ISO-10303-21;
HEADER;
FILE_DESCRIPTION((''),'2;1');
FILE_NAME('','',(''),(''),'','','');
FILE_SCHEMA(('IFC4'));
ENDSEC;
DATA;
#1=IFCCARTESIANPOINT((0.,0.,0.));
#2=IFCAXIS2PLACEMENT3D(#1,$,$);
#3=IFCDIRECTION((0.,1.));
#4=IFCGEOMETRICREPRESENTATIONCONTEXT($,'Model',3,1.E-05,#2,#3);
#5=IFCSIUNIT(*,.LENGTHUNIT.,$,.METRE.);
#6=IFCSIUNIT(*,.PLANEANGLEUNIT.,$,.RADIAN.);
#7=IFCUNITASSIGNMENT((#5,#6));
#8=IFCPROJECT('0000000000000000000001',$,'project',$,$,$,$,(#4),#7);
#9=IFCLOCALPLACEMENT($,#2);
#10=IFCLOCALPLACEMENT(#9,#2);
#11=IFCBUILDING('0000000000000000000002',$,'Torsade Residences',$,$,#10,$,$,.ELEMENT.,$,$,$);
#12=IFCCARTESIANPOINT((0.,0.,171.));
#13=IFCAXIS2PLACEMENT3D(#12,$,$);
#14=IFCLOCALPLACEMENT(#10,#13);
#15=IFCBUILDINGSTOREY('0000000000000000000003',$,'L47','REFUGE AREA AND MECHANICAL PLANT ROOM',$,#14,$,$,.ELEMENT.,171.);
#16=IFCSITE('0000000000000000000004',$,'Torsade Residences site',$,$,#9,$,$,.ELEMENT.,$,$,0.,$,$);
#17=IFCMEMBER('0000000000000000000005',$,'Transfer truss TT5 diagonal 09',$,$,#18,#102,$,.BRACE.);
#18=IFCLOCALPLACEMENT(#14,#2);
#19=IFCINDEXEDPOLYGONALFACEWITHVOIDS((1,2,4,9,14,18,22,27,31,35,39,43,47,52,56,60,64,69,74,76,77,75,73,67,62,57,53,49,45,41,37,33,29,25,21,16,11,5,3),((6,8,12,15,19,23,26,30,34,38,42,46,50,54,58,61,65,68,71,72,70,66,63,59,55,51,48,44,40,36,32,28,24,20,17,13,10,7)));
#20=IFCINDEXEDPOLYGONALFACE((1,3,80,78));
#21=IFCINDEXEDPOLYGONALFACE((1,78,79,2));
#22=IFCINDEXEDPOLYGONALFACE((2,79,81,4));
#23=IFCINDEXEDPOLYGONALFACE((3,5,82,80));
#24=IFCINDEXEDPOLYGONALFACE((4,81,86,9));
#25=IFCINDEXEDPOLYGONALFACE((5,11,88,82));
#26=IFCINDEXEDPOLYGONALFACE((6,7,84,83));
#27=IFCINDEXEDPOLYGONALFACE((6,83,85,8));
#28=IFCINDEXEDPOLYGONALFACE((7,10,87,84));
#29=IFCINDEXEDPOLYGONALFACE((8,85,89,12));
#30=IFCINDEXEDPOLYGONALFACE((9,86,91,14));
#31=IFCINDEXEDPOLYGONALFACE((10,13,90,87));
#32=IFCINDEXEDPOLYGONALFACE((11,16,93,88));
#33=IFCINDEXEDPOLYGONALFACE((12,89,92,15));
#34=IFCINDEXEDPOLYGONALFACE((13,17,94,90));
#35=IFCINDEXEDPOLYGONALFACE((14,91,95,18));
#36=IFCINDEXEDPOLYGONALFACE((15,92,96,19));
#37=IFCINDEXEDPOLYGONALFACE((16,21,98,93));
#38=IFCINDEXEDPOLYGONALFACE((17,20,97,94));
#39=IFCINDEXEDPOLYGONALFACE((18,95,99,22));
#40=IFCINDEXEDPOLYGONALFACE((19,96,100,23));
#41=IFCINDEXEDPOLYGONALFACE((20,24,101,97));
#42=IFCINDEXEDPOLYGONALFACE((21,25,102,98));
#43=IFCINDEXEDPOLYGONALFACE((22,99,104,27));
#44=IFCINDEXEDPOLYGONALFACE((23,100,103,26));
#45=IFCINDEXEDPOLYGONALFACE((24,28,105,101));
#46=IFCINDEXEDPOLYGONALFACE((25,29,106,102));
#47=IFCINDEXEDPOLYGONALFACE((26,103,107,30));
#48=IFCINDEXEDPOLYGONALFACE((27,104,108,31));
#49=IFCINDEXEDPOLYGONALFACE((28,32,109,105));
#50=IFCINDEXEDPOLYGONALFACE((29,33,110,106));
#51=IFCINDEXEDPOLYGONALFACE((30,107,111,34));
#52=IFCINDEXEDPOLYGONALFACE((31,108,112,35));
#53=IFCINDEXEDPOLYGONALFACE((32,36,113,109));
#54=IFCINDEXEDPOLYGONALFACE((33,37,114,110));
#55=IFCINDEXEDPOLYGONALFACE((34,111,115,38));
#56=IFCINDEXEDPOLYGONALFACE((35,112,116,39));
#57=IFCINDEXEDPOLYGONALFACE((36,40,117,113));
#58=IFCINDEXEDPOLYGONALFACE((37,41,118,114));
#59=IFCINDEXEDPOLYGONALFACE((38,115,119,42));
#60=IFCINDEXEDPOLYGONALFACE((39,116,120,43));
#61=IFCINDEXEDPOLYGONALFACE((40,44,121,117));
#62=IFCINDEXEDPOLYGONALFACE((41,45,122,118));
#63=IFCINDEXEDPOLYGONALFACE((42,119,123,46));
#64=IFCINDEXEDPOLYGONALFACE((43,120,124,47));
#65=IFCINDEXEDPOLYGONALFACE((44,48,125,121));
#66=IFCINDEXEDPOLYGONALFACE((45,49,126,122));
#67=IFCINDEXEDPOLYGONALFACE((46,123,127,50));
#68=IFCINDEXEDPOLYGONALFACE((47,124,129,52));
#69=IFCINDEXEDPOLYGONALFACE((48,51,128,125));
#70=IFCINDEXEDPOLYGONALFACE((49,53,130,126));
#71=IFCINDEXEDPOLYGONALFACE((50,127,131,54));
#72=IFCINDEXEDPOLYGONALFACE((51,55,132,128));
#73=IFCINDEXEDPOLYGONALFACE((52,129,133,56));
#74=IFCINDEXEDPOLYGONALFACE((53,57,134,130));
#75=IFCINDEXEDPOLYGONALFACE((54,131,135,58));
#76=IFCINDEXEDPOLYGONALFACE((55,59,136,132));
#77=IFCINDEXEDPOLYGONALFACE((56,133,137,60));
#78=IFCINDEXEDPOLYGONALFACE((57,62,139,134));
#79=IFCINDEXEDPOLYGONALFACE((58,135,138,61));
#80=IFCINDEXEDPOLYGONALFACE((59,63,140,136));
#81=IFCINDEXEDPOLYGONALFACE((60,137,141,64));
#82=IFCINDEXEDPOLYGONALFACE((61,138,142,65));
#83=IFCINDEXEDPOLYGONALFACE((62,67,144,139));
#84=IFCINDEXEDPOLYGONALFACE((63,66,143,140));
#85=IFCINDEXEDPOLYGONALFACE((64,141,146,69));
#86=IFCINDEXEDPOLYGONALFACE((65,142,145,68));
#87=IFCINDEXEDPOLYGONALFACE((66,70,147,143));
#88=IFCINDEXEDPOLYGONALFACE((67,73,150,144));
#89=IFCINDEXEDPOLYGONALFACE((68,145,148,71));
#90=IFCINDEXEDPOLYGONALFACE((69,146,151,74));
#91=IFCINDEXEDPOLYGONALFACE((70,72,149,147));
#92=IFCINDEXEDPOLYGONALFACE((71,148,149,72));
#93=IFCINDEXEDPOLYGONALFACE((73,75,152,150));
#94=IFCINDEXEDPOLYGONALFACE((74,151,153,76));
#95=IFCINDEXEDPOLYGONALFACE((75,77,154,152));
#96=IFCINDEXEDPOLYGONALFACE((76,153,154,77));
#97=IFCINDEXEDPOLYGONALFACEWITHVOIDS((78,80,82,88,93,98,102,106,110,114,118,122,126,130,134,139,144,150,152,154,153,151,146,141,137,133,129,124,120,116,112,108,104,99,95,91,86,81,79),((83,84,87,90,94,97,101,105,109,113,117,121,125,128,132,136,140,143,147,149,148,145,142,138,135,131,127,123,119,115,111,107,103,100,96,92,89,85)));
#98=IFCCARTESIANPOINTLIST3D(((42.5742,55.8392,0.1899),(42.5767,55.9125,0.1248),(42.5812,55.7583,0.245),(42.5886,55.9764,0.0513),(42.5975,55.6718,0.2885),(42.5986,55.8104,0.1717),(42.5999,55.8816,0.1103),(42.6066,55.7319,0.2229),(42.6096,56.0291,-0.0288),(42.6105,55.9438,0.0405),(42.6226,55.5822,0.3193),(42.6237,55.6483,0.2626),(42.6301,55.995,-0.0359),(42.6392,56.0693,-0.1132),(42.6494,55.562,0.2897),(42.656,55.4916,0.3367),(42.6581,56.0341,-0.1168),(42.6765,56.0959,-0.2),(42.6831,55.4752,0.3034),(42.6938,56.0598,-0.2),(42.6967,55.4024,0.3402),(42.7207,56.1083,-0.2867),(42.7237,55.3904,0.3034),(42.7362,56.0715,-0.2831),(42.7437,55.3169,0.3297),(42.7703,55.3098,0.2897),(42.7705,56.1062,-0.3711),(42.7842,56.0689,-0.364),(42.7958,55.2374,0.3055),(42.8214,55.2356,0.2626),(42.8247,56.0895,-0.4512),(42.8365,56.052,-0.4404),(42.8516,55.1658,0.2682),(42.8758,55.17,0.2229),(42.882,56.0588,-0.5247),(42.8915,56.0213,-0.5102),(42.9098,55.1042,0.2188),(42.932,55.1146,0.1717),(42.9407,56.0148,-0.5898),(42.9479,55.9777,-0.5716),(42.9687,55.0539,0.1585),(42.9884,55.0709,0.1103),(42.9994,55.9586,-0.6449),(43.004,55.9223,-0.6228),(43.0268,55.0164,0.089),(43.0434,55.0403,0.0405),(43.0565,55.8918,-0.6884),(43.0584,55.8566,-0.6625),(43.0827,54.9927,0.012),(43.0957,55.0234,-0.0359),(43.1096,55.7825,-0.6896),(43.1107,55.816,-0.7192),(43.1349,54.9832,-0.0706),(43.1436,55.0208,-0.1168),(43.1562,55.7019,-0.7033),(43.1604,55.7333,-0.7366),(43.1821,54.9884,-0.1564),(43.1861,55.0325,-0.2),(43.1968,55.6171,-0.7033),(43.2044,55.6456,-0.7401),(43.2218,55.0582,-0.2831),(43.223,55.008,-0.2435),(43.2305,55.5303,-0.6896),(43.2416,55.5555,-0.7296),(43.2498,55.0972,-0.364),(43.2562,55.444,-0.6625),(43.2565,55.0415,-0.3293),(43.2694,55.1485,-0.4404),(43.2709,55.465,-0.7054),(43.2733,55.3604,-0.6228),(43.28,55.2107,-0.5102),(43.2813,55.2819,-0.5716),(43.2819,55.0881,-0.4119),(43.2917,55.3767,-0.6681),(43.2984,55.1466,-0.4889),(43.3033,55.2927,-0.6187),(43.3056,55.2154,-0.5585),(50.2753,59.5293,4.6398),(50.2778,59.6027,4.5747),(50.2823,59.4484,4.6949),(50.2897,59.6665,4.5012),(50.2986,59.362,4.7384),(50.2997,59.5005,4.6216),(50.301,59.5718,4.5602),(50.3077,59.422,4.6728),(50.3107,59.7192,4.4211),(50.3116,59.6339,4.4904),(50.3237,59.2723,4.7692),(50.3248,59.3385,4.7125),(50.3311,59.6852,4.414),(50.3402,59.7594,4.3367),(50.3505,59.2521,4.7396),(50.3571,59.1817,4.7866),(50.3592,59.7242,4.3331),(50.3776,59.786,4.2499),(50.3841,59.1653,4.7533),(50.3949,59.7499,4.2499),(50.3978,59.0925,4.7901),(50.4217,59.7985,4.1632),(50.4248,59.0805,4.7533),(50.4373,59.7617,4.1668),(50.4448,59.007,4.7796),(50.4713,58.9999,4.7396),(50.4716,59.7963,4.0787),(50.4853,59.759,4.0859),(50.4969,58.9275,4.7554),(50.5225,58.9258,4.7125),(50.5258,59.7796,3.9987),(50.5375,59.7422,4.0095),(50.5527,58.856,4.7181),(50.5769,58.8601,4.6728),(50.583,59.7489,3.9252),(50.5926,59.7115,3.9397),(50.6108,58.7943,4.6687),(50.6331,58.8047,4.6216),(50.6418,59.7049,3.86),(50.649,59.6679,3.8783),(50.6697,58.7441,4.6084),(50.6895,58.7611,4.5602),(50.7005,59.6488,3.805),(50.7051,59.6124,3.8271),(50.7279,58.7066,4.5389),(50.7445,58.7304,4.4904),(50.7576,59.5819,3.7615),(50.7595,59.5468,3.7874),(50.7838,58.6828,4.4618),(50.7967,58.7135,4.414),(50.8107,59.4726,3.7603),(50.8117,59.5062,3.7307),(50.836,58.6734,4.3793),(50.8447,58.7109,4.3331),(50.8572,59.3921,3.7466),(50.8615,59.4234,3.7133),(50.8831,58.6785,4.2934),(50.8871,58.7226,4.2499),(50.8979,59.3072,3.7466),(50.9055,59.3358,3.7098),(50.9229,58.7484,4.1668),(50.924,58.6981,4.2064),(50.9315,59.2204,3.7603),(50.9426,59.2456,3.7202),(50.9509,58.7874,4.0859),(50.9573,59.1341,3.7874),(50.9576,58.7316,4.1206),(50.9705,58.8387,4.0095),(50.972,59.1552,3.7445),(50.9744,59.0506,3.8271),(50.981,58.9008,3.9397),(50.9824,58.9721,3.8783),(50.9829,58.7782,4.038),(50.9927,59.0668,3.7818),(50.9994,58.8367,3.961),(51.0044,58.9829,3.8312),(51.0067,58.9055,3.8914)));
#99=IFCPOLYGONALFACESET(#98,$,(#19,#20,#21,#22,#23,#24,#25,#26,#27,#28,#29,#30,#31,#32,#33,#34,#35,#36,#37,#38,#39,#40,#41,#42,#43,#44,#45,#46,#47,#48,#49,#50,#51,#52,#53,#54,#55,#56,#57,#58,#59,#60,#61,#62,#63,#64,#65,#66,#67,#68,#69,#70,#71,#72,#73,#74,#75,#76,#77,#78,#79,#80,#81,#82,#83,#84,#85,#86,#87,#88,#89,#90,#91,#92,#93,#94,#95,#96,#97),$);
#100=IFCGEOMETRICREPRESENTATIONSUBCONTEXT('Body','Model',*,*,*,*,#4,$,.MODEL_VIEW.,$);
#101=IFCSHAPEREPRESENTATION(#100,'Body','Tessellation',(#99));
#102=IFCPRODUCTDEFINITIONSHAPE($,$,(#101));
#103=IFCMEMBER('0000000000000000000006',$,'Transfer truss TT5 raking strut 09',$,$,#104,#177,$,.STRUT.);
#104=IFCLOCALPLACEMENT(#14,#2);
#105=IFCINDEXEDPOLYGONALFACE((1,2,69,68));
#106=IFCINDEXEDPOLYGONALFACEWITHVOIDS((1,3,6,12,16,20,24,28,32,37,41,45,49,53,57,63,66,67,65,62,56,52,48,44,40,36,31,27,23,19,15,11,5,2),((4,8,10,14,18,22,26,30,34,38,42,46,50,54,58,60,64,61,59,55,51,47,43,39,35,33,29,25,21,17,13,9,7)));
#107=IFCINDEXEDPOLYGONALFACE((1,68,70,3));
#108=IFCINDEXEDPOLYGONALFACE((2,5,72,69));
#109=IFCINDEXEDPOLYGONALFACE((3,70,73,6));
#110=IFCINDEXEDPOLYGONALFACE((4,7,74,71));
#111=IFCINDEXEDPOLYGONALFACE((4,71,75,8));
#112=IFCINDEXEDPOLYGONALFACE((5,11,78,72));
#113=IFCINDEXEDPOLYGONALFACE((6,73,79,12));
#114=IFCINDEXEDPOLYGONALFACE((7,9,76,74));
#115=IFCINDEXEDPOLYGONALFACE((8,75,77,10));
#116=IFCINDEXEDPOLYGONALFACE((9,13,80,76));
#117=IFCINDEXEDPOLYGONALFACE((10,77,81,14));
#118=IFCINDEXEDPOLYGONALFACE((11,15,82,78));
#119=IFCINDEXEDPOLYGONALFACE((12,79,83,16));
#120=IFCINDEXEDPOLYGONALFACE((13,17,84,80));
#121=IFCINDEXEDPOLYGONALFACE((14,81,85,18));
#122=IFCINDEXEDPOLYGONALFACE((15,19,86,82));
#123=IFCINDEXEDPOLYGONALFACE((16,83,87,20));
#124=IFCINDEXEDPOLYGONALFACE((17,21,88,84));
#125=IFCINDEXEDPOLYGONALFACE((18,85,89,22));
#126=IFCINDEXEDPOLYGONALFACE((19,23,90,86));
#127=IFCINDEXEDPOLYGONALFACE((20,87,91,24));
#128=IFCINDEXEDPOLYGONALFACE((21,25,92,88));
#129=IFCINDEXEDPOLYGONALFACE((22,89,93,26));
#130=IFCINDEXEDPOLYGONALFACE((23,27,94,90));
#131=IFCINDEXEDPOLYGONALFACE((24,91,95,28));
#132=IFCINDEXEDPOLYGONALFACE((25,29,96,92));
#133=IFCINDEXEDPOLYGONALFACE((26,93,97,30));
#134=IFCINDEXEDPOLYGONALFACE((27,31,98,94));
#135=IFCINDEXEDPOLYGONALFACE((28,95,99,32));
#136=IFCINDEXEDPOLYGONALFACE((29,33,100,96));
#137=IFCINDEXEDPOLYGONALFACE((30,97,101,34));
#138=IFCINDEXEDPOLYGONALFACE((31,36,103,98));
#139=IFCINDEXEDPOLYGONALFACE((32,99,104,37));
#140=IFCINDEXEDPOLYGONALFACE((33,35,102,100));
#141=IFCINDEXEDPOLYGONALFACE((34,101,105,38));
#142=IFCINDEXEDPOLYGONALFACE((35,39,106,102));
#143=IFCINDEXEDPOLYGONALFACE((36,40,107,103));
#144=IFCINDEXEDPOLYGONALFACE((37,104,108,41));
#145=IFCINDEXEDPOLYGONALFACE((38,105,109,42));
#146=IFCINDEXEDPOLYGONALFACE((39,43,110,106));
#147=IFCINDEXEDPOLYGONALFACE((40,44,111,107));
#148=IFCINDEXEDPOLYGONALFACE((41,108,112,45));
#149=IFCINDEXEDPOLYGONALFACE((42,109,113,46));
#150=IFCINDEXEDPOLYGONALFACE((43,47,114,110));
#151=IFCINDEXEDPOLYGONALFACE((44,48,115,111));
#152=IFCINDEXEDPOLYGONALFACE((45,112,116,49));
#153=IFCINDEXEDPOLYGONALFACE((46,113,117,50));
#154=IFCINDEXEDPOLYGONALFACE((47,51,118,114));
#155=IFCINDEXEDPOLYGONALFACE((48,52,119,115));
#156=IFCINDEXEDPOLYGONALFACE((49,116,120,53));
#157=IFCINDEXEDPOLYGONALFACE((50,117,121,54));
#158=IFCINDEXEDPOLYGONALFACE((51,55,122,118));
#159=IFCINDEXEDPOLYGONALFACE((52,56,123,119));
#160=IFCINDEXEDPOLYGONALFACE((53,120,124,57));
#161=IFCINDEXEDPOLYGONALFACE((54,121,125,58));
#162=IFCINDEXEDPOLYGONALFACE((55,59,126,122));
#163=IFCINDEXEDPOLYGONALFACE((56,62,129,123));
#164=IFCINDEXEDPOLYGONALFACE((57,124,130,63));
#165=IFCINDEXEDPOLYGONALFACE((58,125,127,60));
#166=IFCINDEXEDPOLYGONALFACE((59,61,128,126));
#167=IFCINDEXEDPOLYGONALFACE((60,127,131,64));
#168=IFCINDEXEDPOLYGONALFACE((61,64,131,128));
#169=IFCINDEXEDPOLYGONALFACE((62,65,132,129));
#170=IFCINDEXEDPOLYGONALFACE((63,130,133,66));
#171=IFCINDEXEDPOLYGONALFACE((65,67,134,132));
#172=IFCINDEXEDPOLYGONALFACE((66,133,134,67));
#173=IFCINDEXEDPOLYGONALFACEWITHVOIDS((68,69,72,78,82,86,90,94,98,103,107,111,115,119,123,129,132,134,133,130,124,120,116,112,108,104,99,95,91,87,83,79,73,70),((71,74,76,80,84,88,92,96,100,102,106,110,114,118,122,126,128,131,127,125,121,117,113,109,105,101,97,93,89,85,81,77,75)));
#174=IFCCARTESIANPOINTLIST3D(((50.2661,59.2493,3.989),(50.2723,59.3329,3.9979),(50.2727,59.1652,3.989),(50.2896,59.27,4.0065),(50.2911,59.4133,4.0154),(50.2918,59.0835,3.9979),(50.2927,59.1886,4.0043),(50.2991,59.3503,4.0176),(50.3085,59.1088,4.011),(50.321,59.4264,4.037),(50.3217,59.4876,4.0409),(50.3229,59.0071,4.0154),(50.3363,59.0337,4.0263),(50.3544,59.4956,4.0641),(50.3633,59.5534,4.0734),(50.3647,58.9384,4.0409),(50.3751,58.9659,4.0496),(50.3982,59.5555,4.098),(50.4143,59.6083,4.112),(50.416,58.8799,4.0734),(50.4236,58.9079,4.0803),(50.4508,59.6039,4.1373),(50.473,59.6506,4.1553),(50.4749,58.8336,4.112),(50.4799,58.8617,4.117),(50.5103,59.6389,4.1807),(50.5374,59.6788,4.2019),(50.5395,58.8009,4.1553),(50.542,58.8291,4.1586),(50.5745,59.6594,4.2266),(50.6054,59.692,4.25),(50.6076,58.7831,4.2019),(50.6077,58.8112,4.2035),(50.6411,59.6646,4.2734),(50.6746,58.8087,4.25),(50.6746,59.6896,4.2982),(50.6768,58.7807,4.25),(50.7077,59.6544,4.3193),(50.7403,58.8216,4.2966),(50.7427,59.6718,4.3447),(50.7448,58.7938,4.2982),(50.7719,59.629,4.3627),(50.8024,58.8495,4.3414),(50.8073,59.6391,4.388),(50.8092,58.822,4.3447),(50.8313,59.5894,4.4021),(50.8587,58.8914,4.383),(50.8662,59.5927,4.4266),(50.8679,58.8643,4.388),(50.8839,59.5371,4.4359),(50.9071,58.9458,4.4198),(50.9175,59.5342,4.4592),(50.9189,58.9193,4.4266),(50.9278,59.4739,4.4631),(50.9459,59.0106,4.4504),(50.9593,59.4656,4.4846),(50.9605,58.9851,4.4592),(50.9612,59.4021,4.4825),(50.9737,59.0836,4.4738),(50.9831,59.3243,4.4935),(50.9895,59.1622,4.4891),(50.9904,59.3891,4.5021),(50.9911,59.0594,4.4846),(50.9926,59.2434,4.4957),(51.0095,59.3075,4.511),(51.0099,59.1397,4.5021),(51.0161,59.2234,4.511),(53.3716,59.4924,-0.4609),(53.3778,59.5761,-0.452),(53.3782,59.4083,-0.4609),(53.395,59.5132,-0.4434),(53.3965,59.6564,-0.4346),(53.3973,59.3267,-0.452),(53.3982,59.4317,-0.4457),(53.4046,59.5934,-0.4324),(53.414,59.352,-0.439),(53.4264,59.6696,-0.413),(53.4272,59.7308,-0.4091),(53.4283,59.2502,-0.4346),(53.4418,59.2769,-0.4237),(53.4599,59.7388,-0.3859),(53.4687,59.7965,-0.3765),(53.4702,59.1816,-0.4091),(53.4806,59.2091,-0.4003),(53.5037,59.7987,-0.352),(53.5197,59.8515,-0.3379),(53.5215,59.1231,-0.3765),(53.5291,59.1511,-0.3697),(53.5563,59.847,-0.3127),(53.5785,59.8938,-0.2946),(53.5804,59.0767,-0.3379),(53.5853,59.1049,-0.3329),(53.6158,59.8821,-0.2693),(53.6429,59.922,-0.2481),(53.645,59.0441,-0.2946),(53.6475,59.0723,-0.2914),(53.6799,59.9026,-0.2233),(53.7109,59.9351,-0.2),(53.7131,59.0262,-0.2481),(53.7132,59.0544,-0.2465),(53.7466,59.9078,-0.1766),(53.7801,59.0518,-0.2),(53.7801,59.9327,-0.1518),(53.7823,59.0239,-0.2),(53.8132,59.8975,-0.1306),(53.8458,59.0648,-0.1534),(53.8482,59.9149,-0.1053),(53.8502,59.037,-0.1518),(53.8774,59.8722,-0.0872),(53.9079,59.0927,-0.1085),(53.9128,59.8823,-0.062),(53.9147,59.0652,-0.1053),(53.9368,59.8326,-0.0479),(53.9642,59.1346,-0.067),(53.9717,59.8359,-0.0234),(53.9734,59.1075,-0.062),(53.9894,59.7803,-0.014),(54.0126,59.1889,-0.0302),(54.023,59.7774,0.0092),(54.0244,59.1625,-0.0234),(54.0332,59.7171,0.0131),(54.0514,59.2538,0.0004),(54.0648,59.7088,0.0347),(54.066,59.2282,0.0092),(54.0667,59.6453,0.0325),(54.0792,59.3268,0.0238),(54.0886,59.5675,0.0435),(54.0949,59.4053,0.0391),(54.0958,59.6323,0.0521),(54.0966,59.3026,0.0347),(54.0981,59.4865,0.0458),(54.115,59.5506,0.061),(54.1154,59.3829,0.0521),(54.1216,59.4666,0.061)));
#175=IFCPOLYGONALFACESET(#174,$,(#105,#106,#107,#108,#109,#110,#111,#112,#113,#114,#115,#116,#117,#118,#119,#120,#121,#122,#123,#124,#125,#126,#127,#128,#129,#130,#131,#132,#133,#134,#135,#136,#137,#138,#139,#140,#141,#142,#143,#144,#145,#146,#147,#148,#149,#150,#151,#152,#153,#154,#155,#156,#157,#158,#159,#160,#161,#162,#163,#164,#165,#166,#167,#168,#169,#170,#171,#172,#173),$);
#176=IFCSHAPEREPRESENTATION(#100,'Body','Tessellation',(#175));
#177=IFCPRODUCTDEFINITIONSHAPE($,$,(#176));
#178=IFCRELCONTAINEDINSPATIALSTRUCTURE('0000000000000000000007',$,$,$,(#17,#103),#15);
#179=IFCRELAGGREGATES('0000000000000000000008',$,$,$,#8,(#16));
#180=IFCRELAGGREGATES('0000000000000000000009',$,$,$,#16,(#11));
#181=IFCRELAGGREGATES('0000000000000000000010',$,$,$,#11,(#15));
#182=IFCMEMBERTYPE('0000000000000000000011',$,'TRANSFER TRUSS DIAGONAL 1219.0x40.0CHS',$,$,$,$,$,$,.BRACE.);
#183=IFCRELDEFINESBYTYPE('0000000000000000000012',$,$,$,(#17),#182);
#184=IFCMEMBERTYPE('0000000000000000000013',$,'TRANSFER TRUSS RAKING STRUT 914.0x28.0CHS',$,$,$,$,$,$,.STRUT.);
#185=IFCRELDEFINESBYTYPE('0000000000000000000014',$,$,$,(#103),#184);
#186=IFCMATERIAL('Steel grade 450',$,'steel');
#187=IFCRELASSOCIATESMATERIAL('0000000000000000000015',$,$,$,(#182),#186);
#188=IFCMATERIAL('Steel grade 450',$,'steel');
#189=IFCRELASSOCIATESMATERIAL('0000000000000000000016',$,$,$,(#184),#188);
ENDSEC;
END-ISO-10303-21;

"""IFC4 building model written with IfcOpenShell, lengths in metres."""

from ifc_helpers import new_model, si_unit, direction, frame, origin, origin_2d, place, context, subcontext, project, spatial, hollow_circle, extrude, material, material_profile, profile_set, type_object, element, save


model = new_model("IFC4")

# Units and contexts
model_context = context("Model", 3, precision=1e-05, world=origin(), true_north=direction((0.0, 1.0)))
body_context = subcontext(model_context, "Body", "Model", "MODEL_VIEW")
ifc_project = project(units=[si_unit("LENGTHUNIT", "METRE"), si_unit("PLANEANGLEUNIT", "RADIAN")], contexts=[model_context])

# Site, building, storey
site_placement = place(None, origin())
site = spatial("IfcSite", under=ifc_project, at=site_placement, Name="Torsade Residences site", CompositionType="ELEMENT", RefElevation=0.0)
building_placement = place(site_placement, origin())
building = spatial("IfcBuilding", under=site, at=building_placement, Name="Torsade Residences", CompositionType="ELEMENT")
storey_placement = place(building_placement, frame((0.0, 0.0, 171.0)))
storey = spatial("IfcBuildingStorey", under=building, at=storey_placement, Name="L47", Description="REFUGE AREA AND MECHANICAL PLANT ROOM", CompositionType="ELEMENT", Elevation=171.0)

# Members
ifc_material_1 = material(Name="Steel grade 450", Category="steel")
ifc_material_profile_1 = material_profile(ifc_material_1, hollow_circle(Radius=0.6096, WallThickness=0.04, at=origin_2d()), Name="1219.0x40.0CHS")
ifc_profile_set_1 = profile_set([ifc_material_profile_1], Name="Steel grade 450")
member_type_1 = type_object("IfcMemberType", Name="TRANSFER TRUSS DIAGONAL 1219.0x40.0CHS", PredefinedType="BRACE", material=ifc_profile_set_1)
member_1_placement = place(storey_placement, frame((42.9399, 55.5461, -0.2), z_axis=(0.799746, 0.383216, 0.462116), x_axis=(-0.432124, 0.901814, 0.0)))
element("IfcMember", 1, at=member_1_placement, inside=storey, type_object=member_type_1, Name="Transfer truss TT5 diagonal 09", PredefinedType="BRACE", context=body_context, shape_type="SweptSolid", body=[
    extrude(hollow_circle(Radius=0.6096, WallThickness=0.04, at=origin_2d()), origin(), (0.0, 0.0, 1.0), 9.6294),
])
ifc_material_2 = material(Name="Steel grade 450", Category="steel")
ifc_material_profile_2 = material_profile(ifc_material_2, hollow_circle(Radius=0.457, WallThickness=0.0281, at=origin_2d()), Name="914.0x28.0CHS")
ifc_profile_set_2 = profile_set([ifc_material_profile_2], Name="Steel grade 450")
member_type_2 = type_object("IfcMemberType", Name="TRANSFER TRUSS RAKING STRUT 914.0x28.0CHS", PredefinedType="STRUT", material=ifc_profile_set_2)
member_2_placement = place(storey_placement, frame((53.7466, 59.4795, -0.2), z_axis=(-0.571713, -0.044766, 0.819231), x_axis=(0.078063, -0.996948, 0.0)))
element("IfcMember", 2, at=member_2_placement, inside=storey, type_object=member_type_2, Name="Transfer truss TT5 raking strut 09", PredefinedType="STRUT", context=body_context, shape_type="SweptSolid", body=[
    extrude(hollow_circle(Radius=0.457, WallThickness=0.0281, at=origin_2d()), origin(), (0.0, 0.0, 1.0), 5.4319),
])

save(model, "model.ifc")
